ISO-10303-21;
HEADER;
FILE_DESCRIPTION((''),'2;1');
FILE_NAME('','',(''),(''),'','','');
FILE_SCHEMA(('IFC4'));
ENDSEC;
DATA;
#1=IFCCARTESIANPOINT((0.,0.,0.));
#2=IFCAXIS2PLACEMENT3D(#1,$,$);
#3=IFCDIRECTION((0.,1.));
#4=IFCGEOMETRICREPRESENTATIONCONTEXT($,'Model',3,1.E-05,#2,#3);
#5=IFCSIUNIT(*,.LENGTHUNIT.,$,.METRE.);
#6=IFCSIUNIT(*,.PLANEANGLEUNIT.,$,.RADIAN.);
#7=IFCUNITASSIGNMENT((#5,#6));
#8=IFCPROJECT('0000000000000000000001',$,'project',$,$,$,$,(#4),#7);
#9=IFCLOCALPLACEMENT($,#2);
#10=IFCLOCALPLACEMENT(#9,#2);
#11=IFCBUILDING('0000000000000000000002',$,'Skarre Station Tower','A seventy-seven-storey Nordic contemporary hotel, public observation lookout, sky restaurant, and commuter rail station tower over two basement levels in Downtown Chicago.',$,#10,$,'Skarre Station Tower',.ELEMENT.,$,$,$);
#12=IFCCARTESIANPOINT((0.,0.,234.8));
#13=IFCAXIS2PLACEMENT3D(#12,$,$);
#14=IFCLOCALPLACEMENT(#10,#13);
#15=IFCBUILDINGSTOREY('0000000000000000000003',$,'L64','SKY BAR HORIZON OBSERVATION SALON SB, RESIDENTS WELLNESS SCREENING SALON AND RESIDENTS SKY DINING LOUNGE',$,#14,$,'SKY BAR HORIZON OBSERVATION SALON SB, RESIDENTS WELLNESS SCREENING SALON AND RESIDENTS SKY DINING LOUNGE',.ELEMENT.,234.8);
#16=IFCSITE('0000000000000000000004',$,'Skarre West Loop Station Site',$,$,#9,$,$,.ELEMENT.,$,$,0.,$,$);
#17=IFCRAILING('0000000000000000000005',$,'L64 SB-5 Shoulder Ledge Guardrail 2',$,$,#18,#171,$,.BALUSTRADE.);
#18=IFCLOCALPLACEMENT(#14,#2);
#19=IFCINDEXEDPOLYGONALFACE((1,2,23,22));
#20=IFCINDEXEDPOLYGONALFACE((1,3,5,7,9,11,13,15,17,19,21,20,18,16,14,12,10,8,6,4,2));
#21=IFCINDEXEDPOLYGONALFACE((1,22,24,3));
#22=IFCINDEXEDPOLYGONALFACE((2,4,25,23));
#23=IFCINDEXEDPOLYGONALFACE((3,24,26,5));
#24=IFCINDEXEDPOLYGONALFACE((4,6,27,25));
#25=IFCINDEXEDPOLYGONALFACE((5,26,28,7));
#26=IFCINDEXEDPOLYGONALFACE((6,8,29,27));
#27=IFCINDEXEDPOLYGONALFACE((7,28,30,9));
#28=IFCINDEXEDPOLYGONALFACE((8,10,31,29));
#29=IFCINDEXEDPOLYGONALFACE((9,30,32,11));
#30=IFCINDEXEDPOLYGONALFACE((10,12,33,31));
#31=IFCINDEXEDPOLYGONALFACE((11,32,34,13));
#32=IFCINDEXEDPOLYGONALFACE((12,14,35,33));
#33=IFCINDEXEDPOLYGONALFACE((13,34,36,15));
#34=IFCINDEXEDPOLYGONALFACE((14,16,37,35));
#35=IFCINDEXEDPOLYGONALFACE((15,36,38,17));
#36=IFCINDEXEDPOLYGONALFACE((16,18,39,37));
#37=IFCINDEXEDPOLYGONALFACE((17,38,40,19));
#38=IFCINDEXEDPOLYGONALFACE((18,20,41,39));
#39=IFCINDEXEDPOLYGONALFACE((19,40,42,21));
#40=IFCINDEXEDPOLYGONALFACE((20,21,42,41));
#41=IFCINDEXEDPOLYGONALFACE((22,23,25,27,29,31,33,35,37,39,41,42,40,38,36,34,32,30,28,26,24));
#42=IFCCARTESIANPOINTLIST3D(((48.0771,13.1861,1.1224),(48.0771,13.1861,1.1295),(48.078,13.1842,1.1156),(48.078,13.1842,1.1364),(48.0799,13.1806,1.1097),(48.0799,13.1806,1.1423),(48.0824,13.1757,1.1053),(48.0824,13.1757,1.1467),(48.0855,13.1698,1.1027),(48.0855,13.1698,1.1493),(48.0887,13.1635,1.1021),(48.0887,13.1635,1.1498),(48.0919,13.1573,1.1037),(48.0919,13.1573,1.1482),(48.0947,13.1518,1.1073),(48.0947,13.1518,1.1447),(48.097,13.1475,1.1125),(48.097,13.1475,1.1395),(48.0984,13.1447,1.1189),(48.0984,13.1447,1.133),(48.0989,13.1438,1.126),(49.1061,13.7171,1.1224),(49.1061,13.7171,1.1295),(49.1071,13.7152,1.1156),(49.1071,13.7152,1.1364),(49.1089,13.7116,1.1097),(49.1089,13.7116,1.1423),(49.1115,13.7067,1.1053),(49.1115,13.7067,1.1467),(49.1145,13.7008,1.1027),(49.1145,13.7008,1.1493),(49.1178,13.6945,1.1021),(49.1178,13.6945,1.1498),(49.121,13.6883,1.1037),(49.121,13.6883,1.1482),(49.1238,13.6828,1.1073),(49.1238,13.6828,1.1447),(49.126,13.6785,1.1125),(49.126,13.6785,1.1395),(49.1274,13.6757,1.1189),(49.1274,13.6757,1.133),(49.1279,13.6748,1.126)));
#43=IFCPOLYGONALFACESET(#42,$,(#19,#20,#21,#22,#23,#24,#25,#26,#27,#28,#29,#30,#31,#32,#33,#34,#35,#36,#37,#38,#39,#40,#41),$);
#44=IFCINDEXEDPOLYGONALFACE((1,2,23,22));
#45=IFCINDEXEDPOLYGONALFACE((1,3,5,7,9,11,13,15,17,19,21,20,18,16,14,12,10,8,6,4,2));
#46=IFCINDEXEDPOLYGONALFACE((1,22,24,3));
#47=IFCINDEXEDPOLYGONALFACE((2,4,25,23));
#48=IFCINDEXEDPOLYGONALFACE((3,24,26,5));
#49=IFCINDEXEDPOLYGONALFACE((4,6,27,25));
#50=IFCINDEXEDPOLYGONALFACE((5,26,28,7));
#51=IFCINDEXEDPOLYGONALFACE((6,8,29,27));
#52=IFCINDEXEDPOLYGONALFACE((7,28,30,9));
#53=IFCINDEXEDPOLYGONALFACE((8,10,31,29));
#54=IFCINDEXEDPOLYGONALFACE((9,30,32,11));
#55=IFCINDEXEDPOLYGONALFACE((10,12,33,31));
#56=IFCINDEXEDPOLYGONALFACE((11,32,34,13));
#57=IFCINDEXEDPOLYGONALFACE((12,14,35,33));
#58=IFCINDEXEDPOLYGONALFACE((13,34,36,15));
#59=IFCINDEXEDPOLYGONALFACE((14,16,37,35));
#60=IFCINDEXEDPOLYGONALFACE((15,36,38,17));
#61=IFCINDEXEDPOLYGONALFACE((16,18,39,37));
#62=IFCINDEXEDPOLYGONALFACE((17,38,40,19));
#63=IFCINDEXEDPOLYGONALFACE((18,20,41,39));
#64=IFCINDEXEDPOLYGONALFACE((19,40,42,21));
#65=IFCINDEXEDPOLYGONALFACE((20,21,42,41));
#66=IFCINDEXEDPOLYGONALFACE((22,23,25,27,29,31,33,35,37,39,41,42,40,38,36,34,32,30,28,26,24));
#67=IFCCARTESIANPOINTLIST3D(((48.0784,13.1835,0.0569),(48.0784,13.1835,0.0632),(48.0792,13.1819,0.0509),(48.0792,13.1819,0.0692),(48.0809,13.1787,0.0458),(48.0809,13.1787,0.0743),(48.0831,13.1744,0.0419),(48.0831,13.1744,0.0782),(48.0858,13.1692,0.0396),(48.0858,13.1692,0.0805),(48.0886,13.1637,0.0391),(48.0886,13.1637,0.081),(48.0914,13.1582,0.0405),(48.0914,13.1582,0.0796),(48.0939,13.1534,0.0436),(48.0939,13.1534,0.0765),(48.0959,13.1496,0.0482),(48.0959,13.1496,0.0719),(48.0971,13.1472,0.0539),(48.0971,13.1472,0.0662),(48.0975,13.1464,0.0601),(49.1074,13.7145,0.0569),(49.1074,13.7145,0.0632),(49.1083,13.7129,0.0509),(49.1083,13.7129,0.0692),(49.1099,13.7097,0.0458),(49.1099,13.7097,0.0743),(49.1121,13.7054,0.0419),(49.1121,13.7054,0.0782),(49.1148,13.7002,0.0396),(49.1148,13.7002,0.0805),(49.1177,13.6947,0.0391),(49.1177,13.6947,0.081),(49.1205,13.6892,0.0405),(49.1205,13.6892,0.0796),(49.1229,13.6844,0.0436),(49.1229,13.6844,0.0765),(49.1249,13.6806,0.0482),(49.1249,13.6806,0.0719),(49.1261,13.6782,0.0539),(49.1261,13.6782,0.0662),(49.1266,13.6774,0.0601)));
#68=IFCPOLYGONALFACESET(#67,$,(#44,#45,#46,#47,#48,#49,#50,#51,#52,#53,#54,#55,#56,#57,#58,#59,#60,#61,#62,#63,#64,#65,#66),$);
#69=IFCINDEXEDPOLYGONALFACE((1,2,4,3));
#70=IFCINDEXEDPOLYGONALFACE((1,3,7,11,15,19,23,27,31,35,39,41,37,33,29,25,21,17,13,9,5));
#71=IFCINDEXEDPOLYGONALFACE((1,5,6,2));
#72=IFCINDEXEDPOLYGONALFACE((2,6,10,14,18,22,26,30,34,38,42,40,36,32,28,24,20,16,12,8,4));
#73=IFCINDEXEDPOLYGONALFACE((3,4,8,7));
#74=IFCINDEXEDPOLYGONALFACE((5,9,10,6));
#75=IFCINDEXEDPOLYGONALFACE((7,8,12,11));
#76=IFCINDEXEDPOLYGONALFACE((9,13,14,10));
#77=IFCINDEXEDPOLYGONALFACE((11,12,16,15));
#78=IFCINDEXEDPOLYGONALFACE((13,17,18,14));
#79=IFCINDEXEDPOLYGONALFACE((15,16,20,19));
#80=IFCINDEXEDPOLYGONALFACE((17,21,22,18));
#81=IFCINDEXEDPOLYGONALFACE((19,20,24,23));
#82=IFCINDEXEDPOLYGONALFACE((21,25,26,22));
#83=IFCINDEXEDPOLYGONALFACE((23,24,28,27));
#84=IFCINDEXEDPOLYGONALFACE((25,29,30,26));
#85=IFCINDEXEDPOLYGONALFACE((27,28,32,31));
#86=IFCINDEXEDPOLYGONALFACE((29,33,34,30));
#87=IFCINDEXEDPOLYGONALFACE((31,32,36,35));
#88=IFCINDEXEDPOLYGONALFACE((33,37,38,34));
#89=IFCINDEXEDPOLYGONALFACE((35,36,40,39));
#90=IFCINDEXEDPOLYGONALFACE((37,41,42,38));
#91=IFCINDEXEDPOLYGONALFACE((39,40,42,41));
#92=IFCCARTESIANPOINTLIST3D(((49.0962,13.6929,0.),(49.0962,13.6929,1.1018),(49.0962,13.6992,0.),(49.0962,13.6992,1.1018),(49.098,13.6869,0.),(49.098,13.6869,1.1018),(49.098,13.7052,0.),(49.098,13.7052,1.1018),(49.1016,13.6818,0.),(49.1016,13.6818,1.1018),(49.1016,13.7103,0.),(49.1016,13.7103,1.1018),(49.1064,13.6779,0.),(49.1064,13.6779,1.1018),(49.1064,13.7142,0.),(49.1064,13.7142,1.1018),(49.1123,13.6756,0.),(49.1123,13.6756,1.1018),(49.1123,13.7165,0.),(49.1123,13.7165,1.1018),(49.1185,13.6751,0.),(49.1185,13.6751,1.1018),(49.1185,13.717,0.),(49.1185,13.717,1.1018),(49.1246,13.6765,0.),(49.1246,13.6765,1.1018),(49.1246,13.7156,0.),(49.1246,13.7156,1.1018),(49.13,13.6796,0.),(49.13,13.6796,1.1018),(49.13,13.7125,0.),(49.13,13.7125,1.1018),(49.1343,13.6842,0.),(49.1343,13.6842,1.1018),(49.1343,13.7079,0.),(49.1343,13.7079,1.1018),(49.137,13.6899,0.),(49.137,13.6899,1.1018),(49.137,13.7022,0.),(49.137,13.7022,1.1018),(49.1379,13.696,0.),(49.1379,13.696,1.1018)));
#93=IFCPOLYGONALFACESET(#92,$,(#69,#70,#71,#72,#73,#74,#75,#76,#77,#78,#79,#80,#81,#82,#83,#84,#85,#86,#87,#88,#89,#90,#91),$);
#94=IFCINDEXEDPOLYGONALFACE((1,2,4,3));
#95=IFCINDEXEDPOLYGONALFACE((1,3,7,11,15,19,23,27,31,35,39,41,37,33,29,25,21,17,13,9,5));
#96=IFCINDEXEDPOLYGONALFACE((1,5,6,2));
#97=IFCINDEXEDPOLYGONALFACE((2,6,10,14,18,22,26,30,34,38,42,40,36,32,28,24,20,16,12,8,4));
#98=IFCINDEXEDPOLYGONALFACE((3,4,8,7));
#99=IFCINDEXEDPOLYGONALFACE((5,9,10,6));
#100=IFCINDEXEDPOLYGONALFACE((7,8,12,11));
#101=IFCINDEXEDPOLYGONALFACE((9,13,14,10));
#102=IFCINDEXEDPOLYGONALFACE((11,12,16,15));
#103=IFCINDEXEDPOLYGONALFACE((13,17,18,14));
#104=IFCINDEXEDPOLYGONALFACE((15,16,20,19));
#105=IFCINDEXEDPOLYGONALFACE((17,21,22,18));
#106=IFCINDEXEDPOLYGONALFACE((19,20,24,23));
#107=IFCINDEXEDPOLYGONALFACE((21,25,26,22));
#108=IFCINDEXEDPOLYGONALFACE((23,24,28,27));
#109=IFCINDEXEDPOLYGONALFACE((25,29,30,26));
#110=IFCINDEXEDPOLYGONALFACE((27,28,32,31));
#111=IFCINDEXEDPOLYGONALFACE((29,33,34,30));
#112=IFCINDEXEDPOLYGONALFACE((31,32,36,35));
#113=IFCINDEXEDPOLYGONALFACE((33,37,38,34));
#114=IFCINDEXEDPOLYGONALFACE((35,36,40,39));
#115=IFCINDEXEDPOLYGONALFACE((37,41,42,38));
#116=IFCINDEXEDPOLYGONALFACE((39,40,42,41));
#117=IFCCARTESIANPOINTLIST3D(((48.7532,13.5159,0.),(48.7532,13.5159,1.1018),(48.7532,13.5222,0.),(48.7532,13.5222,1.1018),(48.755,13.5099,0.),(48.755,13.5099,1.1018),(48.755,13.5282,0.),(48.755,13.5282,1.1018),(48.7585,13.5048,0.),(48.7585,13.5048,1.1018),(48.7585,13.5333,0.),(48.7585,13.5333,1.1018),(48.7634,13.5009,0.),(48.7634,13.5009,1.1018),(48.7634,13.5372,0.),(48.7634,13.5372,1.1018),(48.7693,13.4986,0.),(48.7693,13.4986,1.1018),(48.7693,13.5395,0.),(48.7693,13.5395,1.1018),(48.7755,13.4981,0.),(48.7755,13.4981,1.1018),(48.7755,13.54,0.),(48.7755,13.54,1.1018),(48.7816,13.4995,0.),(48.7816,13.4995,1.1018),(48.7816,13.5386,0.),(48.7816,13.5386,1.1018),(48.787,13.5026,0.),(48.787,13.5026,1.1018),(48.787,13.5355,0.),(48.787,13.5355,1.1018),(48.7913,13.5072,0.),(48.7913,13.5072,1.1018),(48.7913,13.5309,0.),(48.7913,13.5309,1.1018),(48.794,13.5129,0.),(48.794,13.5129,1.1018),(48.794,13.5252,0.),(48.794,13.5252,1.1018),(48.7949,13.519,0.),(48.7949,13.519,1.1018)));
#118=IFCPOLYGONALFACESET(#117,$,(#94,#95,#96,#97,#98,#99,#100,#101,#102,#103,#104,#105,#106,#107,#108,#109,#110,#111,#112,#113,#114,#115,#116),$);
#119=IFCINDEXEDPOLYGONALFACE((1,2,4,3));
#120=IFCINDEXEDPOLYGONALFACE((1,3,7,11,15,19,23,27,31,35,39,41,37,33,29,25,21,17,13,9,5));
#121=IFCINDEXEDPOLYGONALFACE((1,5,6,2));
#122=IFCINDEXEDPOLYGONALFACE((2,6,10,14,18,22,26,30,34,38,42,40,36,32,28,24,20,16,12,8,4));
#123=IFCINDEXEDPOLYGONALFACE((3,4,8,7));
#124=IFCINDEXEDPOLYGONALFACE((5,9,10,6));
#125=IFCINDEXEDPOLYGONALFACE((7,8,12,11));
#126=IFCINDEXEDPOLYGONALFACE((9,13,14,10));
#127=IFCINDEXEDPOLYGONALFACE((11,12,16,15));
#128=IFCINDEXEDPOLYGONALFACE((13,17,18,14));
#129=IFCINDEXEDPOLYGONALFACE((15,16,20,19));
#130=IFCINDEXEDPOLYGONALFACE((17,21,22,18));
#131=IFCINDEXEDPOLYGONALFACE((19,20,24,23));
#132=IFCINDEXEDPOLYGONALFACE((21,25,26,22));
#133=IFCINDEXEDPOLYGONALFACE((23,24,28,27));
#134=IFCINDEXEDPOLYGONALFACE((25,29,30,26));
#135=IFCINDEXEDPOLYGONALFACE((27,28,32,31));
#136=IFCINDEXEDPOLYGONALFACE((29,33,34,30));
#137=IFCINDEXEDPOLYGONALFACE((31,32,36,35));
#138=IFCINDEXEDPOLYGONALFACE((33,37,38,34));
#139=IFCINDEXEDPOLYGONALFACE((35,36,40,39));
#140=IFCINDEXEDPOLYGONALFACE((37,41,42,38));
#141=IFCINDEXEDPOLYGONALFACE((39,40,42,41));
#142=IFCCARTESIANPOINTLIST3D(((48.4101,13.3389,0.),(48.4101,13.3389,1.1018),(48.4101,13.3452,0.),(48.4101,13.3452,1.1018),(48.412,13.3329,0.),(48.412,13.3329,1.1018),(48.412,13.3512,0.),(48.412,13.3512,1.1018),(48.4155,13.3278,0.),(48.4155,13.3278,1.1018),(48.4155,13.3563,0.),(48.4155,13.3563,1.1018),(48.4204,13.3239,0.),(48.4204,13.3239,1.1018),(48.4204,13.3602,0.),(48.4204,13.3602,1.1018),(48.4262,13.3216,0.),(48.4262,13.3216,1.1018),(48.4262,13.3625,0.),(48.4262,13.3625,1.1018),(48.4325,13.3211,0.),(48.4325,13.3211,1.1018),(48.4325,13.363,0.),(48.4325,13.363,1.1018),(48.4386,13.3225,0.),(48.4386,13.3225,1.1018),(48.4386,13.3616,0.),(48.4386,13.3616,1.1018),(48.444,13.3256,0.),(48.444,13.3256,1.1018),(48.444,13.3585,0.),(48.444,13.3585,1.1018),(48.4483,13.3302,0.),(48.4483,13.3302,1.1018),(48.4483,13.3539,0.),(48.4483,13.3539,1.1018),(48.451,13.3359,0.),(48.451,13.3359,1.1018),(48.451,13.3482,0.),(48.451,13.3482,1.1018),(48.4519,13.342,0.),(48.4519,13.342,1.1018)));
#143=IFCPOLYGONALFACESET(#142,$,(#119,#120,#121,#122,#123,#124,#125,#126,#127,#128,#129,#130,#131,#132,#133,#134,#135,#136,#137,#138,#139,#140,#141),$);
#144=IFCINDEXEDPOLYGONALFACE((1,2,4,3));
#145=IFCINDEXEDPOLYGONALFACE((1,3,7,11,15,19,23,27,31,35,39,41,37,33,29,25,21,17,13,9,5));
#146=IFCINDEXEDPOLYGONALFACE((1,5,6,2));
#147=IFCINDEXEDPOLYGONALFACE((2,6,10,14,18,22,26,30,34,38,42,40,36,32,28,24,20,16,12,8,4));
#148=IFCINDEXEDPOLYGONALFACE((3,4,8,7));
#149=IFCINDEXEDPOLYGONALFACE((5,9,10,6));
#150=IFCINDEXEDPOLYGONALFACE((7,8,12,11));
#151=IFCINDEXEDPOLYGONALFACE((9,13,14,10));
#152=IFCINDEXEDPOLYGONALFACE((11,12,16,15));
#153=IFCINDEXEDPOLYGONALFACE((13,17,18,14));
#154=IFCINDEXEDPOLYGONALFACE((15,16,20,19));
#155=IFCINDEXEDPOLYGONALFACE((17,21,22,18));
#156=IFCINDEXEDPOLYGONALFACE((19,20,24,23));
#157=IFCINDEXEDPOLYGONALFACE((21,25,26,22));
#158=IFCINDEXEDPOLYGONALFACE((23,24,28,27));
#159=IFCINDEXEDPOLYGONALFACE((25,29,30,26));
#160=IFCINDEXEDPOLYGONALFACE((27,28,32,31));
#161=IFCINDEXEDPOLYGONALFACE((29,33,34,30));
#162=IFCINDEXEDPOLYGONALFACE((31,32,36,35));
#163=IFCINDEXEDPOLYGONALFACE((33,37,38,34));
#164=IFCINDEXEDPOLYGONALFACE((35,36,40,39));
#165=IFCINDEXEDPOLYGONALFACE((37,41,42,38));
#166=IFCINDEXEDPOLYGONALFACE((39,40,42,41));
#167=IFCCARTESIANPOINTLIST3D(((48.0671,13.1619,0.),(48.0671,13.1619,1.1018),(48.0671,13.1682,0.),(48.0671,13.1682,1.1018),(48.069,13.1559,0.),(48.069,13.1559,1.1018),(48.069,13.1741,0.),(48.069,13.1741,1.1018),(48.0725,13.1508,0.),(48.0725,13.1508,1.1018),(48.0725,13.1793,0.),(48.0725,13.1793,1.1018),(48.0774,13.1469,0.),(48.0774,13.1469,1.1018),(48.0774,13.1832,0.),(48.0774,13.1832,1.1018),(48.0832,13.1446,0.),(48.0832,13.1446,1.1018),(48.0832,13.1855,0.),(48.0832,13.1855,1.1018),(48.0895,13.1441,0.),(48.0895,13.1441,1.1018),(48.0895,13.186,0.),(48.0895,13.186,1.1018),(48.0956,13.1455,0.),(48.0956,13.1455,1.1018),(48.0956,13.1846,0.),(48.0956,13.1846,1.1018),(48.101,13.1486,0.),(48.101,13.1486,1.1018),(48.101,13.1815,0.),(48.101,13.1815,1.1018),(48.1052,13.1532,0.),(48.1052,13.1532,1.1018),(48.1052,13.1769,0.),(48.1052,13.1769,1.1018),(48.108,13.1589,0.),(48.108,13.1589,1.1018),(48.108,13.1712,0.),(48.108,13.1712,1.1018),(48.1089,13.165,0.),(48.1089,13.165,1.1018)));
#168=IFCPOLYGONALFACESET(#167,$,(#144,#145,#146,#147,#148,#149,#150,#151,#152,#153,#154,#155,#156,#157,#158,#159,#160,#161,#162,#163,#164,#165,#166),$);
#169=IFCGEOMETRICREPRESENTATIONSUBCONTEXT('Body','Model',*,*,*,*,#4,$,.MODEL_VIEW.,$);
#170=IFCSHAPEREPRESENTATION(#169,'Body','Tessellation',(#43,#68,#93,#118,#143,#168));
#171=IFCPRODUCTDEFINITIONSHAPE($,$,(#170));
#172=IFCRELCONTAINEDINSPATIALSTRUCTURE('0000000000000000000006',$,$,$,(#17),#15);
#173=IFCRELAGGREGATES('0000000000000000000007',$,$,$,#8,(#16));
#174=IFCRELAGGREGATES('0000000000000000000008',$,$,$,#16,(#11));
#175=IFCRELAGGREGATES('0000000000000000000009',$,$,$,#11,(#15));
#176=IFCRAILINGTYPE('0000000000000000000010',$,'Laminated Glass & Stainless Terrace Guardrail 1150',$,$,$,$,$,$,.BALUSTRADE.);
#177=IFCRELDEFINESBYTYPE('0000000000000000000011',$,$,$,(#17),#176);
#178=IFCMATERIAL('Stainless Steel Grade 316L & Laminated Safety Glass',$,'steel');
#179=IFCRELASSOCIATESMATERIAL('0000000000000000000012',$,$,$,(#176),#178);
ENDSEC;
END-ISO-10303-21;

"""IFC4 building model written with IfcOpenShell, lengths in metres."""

from ifc_helpers import new_model, si_unit, direction, frame, origin, origin_2d, place, context, subcontext, project, spatial, circle, extrude, material, type_object, element, save


model = new_model("IFC4")

# Units and contexts
model_context = context("Model", 3, precision=1e-05, world=origin(), true_north=direction((0.0, 1.0)))
body_context = subcontext(model_context, "Body", "Model", "MODEL_VIEW")
ifc_project = project(units=[si_unit("LENGTHUNIT", "METRE"), si_unit("PLANEANGLEUNIT", "RADIAN")], contexts=[model_context])

# Site, building, storey
site_placement = place(None, origin())
site = spatial("IfcSite", under=ifc_project, at=site_placement, Name="Skarre West Loop Station Site", CompositionType="ELEMENT", RefElevation=0.0)
building_placement = place(site_placement, origin())
building = spatial("IfcBuilding", under=site, at=building_placement, Name="Skarre Station Tower", Description="A seventy-seven-storey Nordic contemporary hotel, public observation lookout, sky restaurant, and commuter rail station tower over two basement levels in Downtown Chicago.", LongName="Skarre Station Tower", CompositionType="ELEMENT")
storey_placement = place(building_placement, frame((0.0, 0.0, 234.8)))
storey = spatial("IfcBuildingStorey", under=building, at=storey_placement, Name="L64", Description="SKY BAR HORIZON OBSERVATION SALON SB, RESIDENTS WELLNESS SCREENING SALON AND RESIDENTS SKY DINING LOUNGE", LongName="SKY BAR HORIZON OBSERVATION SALON SB, RESIDENTS WELLNESS SCREENING SALON AND RESIDENTS SKY DINING LOUNGE", CompositionType="ELEMENT", Elevation=234.8)

# Railing
ifc_material_1 = material(Name="Stainless Steel Grade 316L & Laminated Safety Glass", Category="steel")
railing_type = type_object("IfcRailingType", Name="Laminated Glass & Stainless Terrace Guardrail 1150", PredefinedType="BALUSTRADE", material=ifc_material_1)
railing_placement = place(storey_placement, frame((49.1169, 13.696, 0.0)))
element("IfcRailing", 1, at=railing_placement, inside=storey, type_object=railing_type, Name="L64 SB-5 Shoulder Ledge Guardrail 2", PredefinedType="BALUSTRADE", context=body_context, shape_type="SweptSolid", body=[
    extrude(circle(Radius=0.0239, at=origin_2d()), frame((0.0, 0.0, 1.126), z_axis=(-0.888662, -0.458562, 0.0), x_axis=(0.458562, -0.888662, 0.0)), (0.0, 0.0, 1.0), 1.158),
    extrude(circle(Radius=0.021, at=origin_2d()), frame((0.0, 0.0, 0.0601), z_axis=(-0.888662, -0.458562, 0.0), x_axis=(0.458562, -0.888662, 0.0)), (0.0, 0.0, 1.0), 1.158),
    extrude(circle(Radius=0.021, at=origin_2d()), origin(), (0.0, 0.0, 1.0), 1.1018),
    extrude(circle(Radius=0.021, at=origin_2d()), frame((-0.343, -0.177, 0.0)), (0.0, 0.0, 1.0), 1.1018),
    extrude(circle(Radius=0.021, at=origin_2d()), frame((-0.686, -0.354, 0.0)), (0.0, 0.0, 1.0), 1.1018),
    extrude(circle(Radius=0.021, at=origin_2d()), frame((-1.0291, -0.531, 0.0)), (0.0, 0.0, 1.0), 1.1018),
])

save(model, "model.ifc")
